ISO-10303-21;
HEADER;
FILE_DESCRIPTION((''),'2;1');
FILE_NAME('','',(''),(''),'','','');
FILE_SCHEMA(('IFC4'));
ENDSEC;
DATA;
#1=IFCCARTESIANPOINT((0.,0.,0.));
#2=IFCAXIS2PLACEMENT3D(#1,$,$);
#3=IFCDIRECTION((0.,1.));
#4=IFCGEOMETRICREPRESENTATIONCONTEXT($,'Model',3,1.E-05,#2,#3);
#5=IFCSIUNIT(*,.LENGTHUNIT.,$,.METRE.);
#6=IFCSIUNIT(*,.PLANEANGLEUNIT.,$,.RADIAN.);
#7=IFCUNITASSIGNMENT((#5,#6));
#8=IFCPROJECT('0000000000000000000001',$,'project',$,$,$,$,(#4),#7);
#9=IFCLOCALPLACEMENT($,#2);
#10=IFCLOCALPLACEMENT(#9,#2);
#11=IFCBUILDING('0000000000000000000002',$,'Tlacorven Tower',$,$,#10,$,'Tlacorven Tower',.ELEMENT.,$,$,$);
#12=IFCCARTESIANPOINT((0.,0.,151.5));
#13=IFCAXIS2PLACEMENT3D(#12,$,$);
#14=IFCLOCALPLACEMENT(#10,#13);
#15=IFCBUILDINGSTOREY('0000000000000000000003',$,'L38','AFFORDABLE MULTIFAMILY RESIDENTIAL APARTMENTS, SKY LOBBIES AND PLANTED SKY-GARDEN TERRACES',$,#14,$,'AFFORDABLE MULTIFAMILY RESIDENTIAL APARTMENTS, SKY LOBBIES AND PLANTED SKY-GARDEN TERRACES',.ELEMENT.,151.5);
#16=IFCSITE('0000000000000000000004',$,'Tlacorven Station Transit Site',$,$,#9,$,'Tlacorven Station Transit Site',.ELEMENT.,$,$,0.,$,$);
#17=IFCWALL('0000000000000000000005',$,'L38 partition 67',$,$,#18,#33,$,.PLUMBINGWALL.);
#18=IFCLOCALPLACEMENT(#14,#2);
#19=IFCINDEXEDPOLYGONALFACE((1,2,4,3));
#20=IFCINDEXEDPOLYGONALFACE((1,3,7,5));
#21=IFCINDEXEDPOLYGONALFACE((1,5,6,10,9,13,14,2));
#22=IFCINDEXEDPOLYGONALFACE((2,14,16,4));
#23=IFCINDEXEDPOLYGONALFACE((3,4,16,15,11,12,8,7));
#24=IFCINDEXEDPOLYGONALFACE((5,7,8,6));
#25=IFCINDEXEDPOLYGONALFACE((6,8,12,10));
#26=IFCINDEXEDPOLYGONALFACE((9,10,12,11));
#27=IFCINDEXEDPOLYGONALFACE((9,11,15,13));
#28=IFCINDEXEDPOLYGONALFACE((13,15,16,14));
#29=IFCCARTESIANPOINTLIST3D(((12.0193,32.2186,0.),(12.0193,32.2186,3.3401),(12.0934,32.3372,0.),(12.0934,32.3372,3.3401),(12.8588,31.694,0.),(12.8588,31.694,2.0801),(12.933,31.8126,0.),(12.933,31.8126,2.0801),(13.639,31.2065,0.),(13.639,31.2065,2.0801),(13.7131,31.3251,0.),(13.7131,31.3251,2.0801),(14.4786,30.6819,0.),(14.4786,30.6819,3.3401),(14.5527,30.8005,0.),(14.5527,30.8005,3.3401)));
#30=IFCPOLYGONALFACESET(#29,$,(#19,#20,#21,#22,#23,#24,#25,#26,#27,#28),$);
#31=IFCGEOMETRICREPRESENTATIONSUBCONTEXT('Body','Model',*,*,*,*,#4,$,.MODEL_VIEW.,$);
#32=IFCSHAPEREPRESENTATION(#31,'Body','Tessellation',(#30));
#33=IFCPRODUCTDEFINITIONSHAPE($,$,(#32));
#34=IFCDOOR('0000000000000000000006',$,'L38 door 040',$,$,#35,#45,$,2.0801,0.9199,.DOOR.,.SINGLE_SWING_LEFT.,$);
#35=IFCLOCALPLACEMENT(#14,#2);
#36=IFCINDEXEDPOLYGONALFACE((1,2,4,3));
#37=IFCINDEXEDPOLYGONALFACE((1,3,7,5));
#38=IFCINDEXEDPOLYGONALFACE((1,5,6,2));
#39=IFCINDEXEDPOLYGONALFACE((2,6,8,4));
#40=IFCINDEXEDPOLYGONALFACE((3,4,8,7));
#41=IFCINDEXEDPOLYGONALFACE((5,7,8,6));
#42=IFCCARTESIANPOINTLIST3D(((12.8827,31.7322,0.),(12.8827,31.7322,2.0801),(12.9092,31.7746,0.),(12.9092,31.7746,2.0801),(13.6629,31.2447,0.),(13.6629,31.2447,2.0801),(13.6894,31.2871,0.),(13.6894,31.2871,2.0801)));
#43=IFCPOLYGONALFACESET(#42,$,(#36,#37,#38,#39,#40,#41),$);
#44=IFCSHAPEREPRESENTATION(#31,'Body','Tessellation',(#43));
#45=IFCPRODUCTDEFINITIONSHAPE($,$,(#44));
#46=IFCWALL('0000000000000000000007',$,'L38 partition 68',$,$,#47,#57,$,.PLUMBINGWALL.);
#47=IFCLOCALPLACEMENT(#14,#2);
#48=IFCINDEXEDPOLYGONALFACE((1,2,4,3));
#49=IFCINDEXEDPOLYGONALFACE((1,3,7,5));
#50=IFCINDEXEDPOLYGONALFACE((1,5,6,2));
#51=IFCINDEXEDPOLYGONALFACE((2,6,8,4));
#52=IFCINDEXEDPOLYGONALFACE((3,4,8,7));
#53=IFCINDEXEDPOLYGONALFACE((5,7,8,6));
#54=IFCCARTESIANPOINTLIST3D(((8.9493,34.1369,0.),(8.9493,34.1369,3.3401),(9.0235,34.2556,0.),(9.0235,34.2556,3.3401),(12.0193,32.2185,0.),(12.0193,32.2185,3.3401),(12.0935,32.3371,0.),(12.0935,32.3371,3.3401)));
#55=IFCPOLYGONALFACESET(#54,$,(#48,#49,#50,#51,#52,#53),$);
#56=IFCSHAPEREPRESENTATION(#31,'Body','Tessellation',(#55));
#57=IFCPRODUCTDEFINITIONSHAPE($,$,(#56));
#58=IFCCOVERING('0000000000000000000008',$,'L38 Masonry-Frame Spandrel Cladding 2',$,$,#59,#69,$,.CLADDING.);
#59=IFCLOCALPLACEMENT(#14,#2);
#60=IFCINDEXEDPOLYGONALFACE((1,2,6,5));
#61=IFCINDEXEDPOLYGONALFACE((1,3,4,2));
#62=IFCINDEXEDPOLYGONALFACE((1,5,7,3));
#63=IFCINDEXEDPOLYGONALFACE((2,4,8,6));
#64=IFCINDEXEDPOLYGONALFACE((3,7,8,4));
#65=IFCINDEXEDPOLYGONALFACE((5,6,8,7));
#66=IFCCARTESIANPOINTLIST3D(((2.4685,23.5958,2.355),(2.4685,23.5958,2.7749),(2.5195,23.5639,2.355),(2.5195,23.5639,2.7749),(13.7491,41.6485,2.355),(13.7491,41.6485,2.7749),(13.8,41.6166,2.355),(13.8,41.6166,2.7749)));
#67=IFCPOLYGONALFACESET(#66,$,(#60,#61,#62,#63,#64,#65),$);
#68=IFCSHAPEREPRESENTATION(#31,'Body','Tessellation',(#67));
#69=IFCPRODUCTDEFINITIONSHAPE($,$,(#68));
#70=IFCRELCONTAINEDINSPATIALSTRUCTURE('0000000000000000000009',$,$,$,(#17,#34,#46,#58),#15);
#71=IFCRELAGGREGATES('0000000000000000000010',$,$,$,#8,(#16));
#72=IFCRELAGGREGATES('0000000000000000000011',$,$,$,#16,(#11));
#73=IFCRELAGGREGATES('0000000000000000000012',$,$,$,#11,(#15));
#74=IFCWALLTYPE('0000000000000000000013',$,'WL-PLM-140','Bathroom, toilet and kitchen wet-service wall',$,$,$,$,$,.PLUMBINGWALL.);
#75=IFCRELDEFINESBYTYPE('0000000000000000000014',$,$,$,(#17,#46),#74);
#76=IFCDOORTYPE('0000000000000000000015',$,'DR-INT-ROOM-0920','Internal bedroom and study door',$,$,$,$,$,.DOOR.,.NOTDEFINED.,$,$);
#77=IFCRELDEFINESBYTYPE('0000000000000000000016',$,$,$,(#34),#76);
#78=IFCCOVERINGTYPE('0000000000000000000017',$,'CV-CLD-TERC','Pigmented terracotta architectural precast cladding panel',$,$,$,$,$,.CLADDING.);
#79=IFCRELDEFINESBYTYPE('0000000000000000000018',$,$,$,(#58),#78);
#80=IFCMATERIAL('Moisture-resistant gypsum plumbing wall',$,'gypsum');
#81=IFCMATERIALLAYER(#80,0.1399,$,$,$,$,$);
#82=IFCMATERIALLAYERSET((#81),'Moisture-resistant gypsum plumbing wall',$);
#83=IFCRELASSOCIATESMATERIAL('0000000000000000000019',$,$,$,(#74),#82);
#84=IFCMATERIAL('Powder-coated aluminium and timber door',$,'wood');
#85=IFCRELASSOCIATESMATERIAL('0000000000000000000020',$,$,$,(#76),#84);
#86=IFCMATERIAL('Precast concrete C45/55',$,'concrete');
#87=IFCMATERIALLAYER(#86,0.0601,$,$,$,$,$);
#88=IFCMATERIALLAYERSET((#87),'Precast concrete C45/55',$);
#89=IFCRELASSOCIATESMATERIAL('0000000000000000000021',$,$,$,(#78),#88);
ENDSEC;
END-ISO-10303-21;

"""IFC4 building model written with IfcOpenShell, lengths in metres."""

from ifc_helpers import new_model, si_unit, direction, frame, frame_2d, origin, origin_2d, place, context, subcontext, project, spatial, rectangle, extrude, source, transform, mapped, material, layer, layer_set, type_object, element, fill, save


model = new_model("IFC4")

# Units and contexts
model_context = context("Model", 3, precision=1e-05, world=origin(), true_north=direction((0.0, 1.0)))
body_context = subcontext(model_context, "Body", "Model", "MODEL_VIEW")
ifc_project = project(units=[si_unit("LENGTHUNIT", "METRE"), si_unit("PLANEANGLEUNIT", "RADIAN")], contexts=[model_context])

# Site, building, storey
site_placement = place(None, origin())
site = spatial("IfcSite", under=ifc_project, at=site_placement, Name="Tlacorven Station Transit Site", LongName="Tlacorven Station Transit Site", CompositionType="ELEMENT", RefElevation=0.0)
building_placement = place(site_placement, origin())
building = spatial("IfcBuilding", under=site, at=building_placement, Name="Tlacorven Tower", LongName="Tlacorven Tower", CompositionType="ELEMENT")
storey_placement = place(building_placement, frame((0.0, 0.0, 151.5)))
storey = spatial("IfcBuildingStorey", under=building, at=storey_placement, Name="L38", Description="AFFORDABLE MULTIFAMILY RESIDENTIAL APARTMENTS, SKY LOBBIES AND PLANTED SKY-GARDEN TERRACES", LongName="AFFORDABLE MULTIFAMILY RESIDENTIAL APARTMENTS, SKY LOBBIES AND PLANTED SKY-GARDEN TERRACES", CompositionType="ELEMENT", Elevation=151.5)

# Wall, opening, door
ifc_material_1 = material(Name="Moisture-resistant gypsum plumbing wall", Category="gypsum")
ifc_layer_1 = layer(ifc_material_1, 0.1399)
ifc_layer_set_1 = layer_set([ifc_layer_1], Name="Moisture-resistant gypsum plumbing wall")
wall_type_1 = type_object("IfcWallType", Name="WL-PLM-140", Description="Bathroom, toilet and kitchen wet-service wall", PredefinedType="PLUMBINGWALL", material=ifc_layer_set_1)
wall_1_placement = place(storey_placement, frame((14.5156, 30.7412, 0.0), z_axis=(0.0, 0.0, 1.0), x_axis=(-0.84806, 0.529901, 0.0)))
wall_1 = element("IfcWall", 1, at=wall_1_placement, inside=storey, type_object=wall_type_1, Name="L38 partition 67", PredefinedType="PLUMBINGWALL", context=body_context, shape_type="SweptSolid", body=[
    extrude(rectangle(XDim=2.8999, YDim=0.1399, at=frame_2d((1.45, 0.0))), origin(), (0.0, 0.0, 1.0), 3.3401),
])
opening_placement = place(wall_1_placement, frame((0.99, 0.0, 0.0)))
opening = element("IfcOpeningElement", 2, at=opening_placement, cuts=wall_1, PredefinedType="OPENING", context=body_context, shape_type="SweptSolid", body=[
    extrude(rectangle(XDim=0.9199, YDim=2.0801, at=frame_2d((0.46, 1.04))), frame((0.0, 0.0801, 0.0), z_axis=(0.0, -1.0, 0.0), x_axis=(1.0, 0.0, 0.0)), (0.0, 0.0, 1.0), 0.1599),
])
ifc_material_2 = material(Name="Powder-coated aluminium and timber door", Category="wood")
door_type = type_object("IfcDoorType", Name="DR-INT-ROOM-0920", Description="Internal bedroom and study door", OperationType="NOTDEFINED", PredefinedType="DOOR", material=ifc_material_2)
shared_shape_1 = source(origin(), body_context, "Body", "SweptSolid", [
    extrude(rectangle(XDim=0.9199, YDim=2.0801, at=frame_2d((0.46, 1.04))), frame((0.0, 0.0249, 0.0), z_axis=(0.0, -1.0, 0.0), x_axis=(1.0, 0.0, 0.0)), (0.0, 0.0, 1.0), 0.05),
])
door_placement = place(opening_placement, origin())
door = element("IfcDoor", 3, at=door_placement, inside=storey, type_object=door_type, Name="L38 door 040", OperationType="SINGLE_SWING_LEFT", OverallHeight=2.0801, OverallWidth=0.9199, PredefinedType="DOOR", context=body_context, shape_type="MappedRepresentation", body=[
    mapped(shared_shape_1, transform((0.0, 0.0, 0.0), scale=1.0)),
])
fill(opening, door)

# Wall
wall_2_placement = place(storey_placement, frame((12.0564, 32.2778, 0.0), z_axis=(0.0, 0.0, 1.0), x_axis=(-0.84804, 0.529932, 0.0)))
element("IfcWall", 4, at=wall_2_placement, inside=storey, type_object=wall_type_1, Name="L38 partition 68", PredefinedType="PLUMBINGWALL", context=body_context, shape_type="SweptSolid", body=[
    extrude(rectangle(XDim=3.6201, YDim=0.1399, at=frame_2d((1.8101, 0.0))), origin(), (0.0, 0.0, 1.0), 3.3401),
])

# Covering
ifc_material_3 = material(Name="Precast concrete C45/55", Category="concrete")
ifc_layer_2 = layer(ifc_material_3, 0.0601)
ifc_layer_set_2 = layer_set([ifc_layer_2], Name="Precast concrete C45/55")
covering_type = type_object("IfcCoveringType", Name="CV-CLD-TERC", Description="Pigmented terracotta architectural precast cladding panel", PredefinedType="CLADDING", material=ifc_layer_set_2)
shared_shape_2 = source(origin(), body_context, "Body", "SweptSolid", [
    extrude(rectangle(XDim=21.2874, YDim=0.0601, at=origin_2d()), origin(), (0.0, 0.0, 1.0), 0.4199),
])
covering_placement = place(storey_placement, frame((8.1343, 32.6062, 2.355), z_axis=(0.0, 0.0, 1.0), x_axis=(0.529919, 0.848048, 0.0)))
element("IfcCovering", 5, at=covering_placement, inside=storey, type_object=covering_type, Name="L38 Masonry-Frame Spandrel Cladding 2", PredefinedType="CLADDING", context=body_context, shape_type="MappedRepresentation", body=[
    mapped(shared_shape_2, transform((0.0, 0.0, 0.0), scale=1.0)),
])

save(model, "model.ifc")
